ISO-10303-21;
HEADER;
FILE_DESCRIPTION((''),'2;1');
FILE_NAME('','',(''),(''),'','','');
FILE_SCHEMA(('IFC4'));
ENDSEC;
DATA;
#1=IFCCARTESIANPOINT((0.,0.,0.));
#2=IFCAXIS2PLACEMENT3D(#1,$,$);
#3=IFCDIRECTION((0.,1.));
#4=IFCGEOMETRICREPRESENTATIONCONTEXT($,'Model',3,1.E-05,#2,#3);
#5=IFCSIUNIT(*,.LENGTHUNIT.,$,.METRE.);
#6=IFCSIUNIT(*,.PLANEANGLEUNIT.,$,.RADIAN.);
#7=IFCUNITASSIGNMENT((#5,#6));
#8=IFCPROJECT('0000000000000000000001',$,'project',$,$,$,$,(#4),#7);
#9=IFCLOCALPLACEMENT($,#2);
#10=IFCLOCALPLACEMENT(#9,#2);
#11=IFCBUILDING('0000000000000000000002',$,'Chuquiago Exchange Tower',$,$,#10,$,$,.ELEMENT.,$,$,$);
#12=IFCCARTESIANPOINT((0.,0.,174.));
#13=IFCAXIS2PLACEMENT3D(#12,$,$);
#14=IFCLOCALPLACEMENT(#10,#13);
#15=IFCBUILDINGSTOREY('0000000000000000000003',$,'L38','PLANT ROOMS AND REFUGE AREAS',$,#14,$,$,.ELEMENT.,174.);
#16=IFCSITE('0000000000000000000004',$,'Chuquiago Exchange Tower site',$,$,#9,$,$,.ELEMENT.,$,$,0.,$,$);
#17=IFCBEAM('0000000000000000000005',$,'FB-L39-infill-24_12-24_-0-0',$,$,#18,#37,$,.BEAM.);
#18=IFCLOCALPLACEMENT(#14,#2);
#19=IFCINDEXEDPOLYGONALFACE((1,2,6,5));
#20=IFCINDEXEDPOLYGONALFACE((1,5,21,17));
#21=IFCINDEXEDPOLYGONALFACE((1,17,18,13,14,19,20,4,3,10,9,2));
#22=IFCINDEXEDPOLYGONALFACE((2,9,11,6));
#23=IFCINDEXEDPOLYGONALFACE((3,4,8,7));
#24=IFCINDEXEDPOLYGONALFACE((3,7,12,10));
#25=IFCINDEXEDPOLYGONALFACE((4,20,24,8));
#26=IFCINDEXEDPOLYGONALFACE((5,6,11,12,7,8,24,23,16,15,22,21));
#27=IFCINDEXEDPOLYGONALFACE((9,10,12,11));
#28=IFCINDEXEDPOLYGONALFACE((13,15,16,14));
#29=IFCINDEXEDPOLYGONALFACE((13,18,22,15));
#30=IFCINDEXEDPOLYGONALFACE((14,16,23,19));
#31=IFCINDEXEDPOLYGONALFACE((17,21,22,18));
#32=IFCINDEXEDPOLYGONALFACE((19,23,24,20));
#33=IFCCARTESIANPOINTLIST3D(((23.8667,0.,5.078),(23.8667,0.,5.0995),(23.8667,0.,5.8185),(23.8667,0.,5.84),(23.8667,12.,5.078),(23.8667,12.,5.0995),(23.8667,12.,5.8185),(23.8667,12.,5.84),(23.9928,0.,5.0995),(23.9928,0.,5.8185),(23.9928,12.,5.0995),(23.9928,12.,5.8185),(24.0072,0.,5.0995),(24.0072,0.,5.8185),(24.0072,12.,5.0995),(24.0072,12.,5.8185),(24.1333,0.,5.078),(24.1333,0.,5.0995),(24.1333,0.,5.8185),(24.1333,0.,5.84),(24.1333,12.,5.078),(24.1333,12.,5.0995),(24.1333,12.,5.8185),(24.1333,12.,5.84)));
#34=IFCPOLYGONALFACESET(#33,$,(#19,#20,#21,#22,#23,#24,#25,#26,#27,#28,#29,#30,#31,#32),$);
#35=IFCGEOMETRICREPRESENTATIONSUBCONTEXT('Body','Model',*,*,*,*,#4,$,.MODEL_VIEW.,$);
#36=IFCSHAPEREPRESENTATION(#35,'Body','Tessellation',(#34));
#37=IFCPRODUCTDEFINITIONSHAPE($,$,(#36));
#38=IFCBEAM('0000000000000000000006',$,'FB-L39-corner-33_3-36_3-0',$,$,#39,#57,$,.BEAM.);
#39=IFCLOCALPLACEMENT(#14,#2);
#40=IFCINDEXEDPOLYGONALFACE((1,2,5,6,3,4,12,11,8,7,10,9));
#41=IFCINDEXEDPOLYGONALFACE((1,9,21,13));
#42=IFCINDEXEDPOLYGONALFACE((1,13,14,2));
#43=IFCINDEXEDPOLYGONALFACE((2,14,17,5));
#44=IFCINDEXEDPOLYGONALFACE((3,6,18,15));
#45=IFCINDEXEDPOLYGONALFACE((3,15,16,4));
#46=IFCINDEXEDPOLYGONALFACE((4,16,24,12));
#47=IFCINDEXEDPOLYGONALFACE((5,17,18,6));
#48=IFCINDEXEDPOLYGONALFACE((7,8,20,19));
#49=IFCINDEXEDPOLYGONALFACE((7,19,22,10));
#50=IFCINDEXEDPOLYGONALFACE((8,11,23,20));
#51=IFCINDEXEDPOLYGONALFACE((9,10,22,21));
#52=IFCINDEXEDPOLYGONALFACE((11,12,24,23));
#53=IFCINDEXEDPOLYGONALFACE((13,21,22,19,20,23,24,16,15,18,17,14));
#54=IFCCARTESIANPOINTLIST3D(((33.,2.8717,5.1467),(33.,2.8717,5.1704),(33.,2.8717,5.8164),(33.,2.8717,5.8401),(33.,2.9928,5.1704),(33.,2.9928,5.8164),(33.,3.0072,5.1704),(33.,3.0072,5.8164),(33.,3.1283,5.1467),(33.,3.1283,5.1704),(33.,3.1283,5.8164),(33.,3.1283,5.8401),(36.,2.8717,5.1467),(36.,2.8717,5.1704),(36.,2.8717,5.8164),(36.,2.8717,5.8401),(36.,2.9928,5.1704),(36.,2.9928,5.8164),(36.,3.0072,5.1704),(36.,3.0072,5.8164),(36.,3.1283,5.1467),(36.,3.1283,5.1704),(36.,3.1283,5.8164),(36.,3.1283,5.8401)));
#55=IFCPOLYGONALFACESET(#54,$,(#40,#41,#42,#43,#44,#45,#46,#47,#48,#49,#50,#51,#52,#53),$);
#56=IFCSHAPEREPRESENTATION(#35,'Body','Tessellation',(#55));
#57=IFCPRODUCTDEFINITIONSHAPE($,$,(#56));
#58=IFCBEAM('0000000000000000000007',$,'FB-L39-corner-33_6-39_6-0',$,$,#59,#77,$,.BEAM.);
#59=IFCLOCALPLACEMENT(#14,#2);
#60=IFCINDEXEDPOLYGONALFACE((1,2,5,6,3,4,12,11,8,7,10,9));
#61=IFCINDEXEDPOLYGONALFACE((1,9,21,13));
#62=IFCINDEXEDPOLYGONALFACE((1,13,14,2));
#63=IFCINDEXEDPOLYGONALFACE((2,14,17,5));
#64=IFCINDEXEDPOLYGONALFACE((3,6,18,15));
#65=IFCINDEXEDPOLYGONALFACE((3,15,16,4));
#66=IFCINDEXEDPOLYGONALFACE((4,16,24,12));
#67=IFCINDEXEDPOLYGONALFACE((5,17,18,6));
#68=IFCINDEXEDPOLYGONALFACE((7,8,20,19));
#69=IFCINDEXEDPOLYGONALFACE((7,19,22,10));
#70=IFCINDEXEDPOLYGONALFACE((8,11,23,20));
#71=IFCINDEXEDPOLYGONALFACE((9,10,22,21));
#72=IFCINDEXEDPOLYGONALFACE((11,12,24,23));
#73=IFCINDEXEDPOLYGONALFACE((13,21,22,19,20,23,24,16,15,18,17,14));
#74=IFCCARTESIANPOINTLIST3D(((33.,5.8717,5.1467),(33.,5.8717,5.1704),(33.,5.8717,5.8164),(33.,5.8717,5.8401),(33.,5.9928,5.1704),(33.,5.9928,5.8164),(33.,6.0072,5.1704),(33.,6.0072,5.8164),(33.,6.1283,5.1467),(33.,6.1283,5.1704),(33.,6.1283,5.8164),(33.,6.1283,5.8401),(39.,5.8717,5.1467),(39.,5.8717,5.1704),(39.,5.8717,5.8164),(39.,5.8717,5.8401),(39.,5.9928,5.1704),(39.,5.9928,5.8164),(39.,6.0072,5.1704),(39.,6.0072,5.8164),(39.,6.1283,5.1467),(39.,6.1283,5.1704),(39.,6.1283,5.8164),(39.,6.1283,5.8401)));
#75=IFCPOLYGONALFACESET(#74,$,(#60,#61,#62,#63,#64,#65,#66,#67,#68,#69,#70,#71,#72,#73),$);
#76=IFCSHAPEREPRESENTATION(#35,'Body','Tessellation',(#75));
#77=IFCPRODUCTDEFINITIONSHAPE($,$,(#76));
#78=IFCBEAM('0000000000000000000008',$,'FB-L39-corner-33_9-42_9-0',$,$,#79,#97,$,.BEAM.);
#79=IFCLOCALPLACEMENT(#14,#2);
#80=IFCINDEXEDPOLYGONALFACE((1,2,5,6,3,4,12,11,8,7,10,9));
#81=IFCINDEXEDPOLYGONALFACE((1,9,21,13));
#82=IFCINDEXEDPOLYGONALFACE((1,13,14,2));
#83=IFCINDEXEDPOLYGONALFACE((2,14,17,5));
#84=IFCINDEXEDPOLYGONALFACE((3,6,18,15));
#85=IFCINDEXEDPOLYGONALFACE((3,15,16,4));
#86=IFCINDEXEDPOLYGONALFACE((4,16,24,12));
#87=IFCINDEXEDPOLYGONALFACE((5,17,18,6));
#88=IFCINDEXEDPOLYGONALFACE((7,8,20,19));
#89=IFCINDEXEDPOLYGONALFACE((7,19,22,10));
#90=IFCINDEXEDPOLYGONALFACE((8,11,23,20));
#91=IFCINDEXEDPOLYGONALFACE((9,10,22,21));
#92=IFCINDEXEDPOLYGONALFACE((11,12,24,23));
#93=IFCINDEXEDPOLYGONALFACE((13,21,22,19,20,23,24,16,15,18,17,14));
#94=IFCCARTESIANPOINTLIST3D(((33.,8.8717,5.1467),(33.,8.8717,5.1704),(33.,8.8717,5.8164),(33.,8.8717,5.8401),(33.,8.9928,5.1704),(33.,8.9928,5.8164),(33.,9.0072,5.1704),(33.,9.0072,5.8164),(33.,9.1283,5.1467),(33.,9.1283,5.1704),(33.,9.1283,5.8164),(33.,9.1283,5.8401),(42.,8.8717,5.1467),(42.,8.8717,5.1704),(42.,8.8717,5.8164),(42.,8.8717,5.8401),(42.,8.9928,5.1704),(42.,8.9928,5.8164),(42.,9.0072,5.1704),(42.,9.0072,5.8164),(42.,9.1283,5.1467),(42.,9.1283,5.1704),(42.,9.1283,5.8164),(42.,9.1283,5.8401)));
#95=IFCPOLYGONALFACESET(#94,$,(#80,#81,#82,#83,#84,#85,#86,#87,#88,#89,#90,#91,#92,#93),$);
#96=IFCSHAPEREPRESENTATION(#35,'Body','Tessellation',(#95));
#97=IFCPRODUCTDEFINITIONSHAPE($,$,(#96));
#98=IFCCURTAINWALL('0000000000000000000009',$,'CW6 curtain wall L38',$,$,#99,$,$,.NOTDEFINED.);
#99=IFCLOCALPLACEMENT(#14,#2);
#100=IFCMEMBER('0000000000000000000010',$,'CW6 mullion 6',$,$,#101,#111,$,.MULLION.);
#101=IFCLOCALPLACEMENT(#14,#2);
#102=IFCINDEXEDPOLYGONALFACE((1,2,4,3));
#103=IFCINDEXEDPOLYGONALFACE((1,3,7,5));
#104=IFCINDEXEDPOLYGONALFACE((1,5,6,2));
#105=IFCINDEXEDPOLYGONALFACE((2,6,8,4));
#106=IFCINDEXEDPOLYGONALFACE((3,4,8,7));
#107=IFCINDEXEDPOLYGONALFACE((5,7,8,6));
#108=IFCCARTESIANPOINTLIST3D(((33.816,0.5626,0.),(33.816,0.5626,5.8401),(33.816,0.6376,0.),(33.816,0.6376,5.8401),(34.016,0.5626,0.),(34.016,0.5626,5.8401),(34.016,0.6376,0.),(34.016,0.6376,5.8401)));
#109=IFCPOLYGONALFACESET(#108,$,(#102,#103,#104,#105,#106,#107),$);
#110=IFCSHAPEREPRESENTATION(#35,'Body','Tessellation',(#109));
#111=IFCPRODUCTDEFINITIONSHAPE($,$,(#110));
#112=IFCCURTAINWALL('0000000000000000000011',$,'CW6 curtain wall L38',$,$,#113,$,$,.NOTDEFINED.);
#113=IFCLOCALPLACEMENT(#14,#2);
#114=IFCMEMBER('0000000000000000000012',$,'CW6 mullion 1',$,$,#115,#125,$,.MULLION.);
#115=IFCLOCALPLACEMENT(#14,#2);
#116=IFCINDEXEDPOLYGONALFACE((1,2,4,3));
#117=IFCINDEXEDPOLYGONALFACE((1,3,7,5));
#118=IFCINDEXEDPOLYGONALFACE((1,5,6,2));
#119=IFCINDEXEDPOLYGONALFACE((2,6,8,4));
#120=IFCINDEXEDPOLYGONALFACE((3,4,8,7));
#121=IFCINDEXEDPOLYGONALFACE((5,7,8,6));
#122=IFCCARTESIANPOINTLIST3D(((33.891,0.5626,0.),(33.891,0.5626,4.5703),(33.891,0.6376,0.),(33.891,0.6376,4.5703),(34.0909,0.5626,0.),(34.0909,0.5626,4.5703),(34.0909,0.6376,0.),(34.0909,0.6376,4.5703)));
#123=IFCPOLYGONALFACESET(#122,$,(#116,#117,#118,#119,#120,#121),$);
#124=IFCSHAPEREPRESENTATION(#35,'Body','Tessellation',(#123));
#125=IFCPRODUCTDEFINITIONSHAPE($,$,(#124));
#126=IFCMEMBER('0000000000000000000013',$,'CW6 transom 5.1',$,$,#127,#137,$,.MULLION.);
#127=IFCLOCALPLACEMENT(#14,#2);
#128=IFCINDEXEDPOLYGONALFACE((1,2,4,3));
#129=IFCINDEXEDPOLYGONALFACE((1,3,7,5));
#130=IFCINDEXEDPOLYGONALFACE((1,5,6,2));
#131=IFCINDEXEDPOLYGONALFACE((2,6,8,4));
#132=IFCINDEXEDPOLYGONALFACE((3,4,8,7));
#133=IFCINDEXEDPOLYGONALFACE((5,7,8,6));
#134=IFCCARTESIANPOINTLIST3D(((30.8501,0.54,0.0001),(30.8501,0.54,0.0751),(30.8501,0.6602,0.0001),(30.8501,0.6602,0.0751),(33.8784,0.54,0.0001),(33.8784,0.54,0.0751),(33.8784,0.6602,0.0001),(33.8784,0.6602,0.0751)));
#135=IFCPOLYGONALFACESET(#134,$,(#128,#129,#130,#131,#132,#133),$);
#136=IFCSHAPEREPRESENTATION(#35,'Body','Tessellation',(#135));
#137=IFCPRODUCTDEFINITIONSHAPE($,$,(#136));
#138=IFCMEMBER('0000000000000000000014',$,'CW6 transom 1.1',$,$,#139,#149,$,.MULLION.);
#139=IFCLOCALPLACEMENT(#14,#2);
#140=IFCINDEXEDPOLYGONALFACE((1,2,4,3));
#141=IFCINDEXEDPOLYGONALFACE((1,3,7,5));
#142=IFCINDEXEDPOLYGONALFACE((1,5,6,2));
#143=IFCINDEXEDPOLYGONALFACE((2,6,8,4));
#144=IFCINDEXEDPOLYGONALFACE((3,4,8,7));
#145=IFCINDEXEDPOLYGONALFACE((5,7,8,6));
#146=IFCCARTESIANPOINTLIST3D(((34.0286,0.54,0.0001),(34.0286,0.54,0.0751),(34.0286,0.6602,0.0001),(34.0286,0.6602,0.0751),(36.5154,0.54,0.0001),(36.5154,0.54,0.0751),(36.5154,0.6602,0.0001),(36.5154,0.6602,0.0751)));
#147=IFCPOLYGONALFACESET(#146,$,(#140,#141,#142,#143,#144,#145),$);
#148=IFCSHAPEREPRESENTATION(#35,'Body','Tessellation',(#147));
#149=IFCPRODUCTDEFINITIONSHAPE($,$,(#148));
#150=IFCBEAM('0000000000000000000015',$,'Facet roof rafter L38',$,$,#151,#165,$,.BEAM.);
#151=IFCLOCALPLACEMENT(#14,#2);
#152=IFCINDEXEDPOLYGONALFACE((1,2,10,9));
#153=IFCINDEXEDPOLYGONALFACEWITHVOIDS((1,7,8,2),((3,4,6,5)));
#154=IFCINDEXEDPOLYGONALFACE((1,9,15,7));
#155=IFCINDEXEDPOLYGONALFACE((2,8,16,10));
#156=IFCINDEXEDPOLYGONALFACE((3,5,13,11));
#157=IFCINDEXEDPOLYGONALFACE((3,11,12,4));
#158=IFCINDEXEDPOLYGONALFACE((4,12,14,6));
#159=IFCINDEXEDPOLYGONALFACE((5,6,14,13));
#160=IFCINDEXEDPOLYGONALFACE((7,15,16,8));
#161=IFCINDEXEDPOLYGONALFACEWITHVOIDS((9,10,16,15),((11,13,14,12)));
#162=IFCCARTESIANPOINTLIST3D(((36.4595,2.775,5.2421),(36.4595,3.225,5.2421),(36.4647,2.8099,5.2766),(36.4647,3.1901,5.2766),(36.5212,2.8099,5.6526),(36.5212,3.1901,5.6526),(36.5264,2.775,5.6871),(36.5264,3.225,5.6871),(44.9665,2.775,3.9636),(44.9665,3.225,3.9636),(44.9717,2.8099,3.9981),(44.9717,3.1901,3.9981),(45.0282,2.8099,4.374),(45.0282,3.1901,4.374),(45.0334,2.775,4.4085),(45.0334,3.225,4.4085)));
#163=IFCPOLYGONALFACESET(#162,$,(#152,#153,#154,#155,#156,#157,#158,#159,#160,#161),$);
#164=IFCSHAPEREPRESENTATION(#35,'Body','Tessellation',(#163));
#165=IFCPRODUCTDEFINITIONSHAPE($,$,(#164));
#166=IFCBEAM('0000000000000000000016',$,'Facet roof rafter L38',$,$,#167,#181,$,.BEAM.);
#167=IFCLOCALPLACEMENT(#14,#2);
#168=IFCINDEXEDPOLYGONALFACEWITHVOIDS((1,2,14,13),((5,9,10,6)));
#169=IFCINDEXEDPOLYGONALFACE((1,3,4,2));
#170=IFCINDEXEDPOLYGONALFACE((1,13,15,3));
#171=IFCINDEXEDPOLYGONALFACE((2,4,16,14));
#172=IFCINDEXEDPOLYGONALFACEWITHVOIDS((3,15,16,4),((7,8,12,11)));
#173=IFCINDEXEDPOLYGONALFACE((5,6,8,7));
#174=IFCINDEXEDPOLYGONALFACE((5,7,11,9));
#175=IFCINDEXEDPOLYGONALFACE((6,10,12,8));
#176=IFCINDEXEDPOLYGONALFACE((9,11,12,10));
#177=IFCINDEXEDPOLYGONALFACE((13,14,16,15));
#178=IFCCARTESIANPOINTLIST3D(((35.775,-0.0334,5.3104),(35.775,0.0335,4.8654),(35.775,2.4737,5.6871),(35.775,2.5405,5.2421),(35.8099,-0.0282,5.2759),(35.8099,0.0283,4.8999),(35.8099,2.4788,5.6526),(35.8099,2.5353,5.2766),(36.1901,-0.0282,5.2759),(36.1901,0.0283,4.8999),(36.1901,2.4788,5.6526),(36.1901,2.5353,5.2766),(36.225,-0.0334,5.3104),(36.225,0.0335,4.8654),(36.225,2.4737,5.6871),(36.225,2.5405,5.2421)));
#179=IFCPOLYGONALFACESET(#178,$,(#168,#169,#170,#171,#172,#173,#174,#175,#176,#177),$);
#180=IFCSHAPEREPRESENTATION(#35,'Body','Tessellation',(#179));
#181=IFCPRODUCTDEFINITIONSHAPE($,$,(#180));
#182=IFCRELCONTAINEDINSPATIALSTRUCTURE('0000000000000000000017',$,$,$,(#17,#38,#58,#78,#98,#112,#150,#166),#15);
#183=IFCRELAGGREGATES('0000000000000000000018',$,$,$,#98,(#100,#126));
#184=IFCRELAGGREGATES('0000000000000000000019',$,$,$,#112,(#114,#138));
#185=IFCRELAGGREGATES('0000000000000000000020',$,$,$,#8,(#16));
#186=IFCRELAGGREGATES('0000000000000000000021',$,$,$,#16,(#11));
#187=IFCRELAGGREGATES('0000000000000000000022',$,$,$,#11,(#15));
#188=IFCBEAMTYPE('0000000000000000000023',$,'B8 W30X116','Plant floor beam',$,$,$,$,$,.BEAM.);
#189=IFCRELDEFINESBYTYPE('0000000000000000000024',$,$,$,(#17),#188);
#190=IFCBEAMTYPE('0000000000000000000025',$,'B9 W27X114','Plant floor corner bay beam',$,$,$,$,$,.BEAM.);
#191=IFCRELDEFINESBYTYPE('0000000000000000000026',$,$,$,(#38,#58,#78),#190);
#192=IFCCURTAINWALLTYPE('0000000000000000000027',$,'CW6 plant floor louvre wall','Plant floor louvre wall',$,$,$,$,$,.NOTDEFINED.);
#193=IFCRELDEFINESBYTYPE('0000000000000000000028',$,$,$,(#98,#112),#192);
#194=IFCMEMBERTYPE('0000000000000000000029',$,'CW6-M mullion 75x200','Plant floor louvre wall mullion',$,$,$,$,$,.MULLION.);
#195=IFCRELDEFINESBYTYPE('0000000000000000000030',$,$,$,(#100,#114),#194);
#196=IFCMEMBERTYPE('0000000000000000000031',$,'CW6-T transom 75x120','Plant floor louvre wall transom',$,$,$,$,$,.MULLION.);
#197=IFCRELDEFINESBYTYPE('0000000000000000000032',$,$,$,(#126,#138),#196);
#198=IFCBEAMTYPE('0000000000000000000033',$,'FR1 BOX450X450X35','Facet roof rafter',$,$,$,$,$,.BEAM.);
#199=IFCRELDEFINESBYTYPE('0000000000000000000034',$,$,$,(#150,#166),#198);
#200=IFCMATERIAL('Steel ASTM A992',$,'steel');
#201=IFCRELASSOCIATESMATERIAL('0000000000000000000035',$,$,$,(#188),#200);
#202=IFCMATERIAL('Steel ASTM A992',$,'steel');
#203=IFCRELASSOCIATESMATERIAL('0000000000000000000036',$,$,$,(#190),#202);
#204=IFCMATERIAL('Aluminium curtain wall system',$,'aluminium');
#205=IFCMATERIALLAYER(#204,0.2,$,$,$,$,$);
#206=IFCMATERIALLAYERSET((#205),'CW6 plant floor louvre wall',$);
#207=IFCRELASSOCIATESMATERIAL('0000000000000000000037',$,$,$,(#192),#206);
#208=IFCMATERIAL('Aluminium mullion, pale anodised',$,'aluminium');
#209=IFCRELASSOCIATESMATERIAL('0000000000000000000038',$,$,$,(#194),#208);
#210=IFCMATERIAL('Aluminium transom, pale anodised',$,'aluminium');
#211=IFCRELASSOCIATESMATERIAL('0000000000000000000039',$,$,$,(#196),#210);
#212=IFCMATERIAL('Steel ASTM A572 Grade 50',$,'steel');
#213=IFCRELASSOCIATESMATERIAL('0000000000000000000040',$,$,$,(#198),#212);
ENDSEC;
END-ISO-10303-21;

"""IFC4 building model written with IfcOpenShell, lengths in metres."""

from ifc_helpers import new_model, si_unit, direction, frame, origin, origin_2d, place, context, subcontext, project, spatial, rectangle, hollow_rectangle, i_section, extrude, material, layer, layer_set, material_profile, profile_set, type_object, element, aggregate, save


model = new_model("IFC4")

# Units and contexts
model_context = context("Model", 3, precision=1e-05, world=origin(), true_north=direction((0.0, 1.0)))
body_context = subcontext(model_context, "Body", "Model", "MODEL_VIEW")
ifc_project = project(units=[si_unit("LENGTHUNIT", "METRE"), si_unit("PLANEANGLEUNIT", "RADIAN")], contexts=[model_context])

# Site, building, storey
site_placement = place(None, origin())
site = spatial("IfcSite", under=ifc_project, at=site_placement, Name="Chuquiago Exchange Tower site", CompositionType="ELEMENT", RefElevation=0.0)
building_placement = place(site_placement, origin())
building = spatial("IfcBuilding", under=site, at=building_placement, Name="Chuquiago Exchange Tower", CompositionType="ELEMENT")
storey_placement = place(building_placement, frame((0.0, 0.0, 174.0)))
storey = spatial("IfcBuildingStorey", under=building, at=storey_placement, Name="L38", Description="PLANT ROOMS AND REFUGE AREAS", CompositionType="ELEMENT", Elevation=174.0)

# Beams
ifc_material_1 = material(Name="Steel ASTM A992", Category="steel")
ifc_material_profile_1 = material_profile(ifc_material_1, i_section(OverallWidth=0.2666, OverallDepth=0.762, WebThickness=0.0144, FlangeThickness=0.0215, at=origin_2d()), Name="W30X116")
ifc_profile_set_1 = profile_set([ifc_material_profile_1], Name="Steel ASTM A992")
beam_type_1 = type_object("IfcBeamType", Name="B8 W30X116", Description="Plant floor beam", PredefinedType="BEAM", material=ifc_profile_set_1)
beam_1_placement = place(storey_placement, frame((24.0, 12.0, 5.459), z_axis=(0.0, -1.0, 0.0), x_axis=(1.0, 0.0, 0.0)))
element("IfcBeam", 1, at=beam_1_placement, inside=storey, type_object=beam_type_1, Name="FB-L39-infill-24_12-24_-0-0", PredefinedType="BEAM", context=body_context, shape_type="SweptSolid", body=[
    extrude(i_section(OverallWidth=0.2666, OverallDepth=0.762, WebThickness=0.0144, FlangeThickness=0.0215, at=origin_2d()), origin(), (0.0, 0.0, 1.0), 12.0),
])
ifc_material_2 = material(Name="Steel ASTM A992", Category="steel")
ifc_material_profile_2 = material_profile(ifc_material_2, i_section(OverallWidth=0.2566, OverallDepth=0.6934, WebThickness=0.0144, FlangeThickness=0.0237, at=origin_2d()), Name="W27X114")
ifc_profile_set_2 = profile_set([ifc_material_profile_2], Name="Steel ASTM A992")
beam_type_2 = type_object("IfcBeamType", Name="B9 W27X114", Description="Plant floor corner bay beam", PredefinedType="BEAM", material=ifc_profile_set_2)
beam_2_placement = place(storey_placement, frame((33.0, 3.0, 5.4934), z_axis=(1.0, 0.0, 0.0), x_axis=(0.0, 1.0, 0.0)))
element("IfcBeam", 2, at=beam_2_placement, inside=storey, type_object=beam_type_2, Name="FB-L39-corner-33_3-36_3-0", PredefinedType="BEAM", context=body_context, shape_type="SweptSolid", body=[
    extrude(i_section(OverallWidth=0.2566, OverallDepth=0.6934, WebThickness=0.0144, FlangeThickness=0.0237, at=origin_2d()), origin(), (0.0, 0.0, 1.0), 3.0),
])
beam_3_placement = place(storey_placement, frame((33.0, 6.0, 5.4934), z_axis=(1.0, 0.0, 0.0), x_axis=(0.0, 1.0, 0.0)))
element("IfcBeam", 3, at=beam_3_placement, inside=storey, type_object=beam_type_2, Name="FB-L39-corner-33_6-39_6-0", PredefinedType="BEAM", context=body_context, shape_type="SweptSolid", body=[
    extrude(i_section(OverallWidth=0.2566, OverallDepth=0.6934, WebThickness=0.0144, FlangeThickness=0.0237, at=origin_2d()), origin(), (0.0, 0.0, 1.0), 6.0),
])
beam_4_placement = place(storey_placement, frame((33.0, 9.0, 5.4934), z_axis=(1.0, 0.0, 0.0), x_axis=(0.0, 1.0, 0.0)))
element("IfcBeam", 4, at=beam_4_placement, inside=storey, type_object=beam_type_2, Name="FB-L39-corner-33_9-42_9-0", PredefinedType="BEAM", context=body_context, shape_type="SweptSolid", body=[
    extrude(i_section(OverallWidth=0.2566, OverallDepth=0.6934, WebThickness=0.0144, FlangeThickness=0.0237, at=origin_2d()), origin(), (0.0, 0.0, 1.0), 9.0),
])

# Curtain walls, members
ifc_material_3 = material(Name="Aluminium curtain wall system", Category="aluminium")
ifc_layer_1 = layer(ifc_material_3, 0.2)
ifc_layer_set_1 = layer_set([ifc_layer_1], Name="CW6 plant floor louvre wall")
curtain_wall_type = type_object("IfcCurtainWallType", Name="CW6 plant floor louvre wall", Description="Plant floor louvre wall", PredefinedType="NOTDEFINED", material=ifc_layer_set_1)
curtain_wall_1_placement = place(storey_placement, origin())
curtain_wall_1 = element("IfcCurtainWall", 5, at=curtain_wall_1_placement, inside=storey, type_object=curtain_wall_type, Name="CW6 curtain wall L38", PredefinedType="NOTDEFINED")
ifc_material_4 = material(Name="Aluminium mullion, pale anodised", Category="aluminium")
ifc_material_profile_3 = material_profile(ifc_material_4, rectangle(XDim=0.075, YDim=0.2, at=origin_2d()), Name="AL 75x200")
ifc_profile_set_3 = profile_set([ifc_material_profile_3], Name="Aluminium mullion, pale anodised")
member_type_1 = type_object("IfcMemberType", Name="CW6-M mullion 75x200", Description="Plant floor louvre wall mullion", PredefinedType="MULLION", material=ifc_profile_set_3)
member_1_placement = place(storey_placement, frame((33.916, 0.6001, 0.0), z_axis=(0.0, 0.0, 1.0), x_axis=(0.0, 1.0, 0.0)))
member_1 = element("IfcMember", 6, at=member_1_placement, type_object=member_type_1, Name="CW6 mullion 6", PredefinedType="MULLION", context=body_context, shape_type="SweptSolid", body=[
    extrude(rectangle(XDim=0.075, YDim=0.2, at=origin_2d()), origin(), (0.0, 0.0, 1.0), 5.8401),
])
curtain_wall_2_placement = place(storey_placement, origin())
curtain_wall_2 = element("IfcCurtainWall", 7, at=curtain_wall_2_placement, inside=storey, type_object=curtain_wall_type, Name="CW6 curtain wall L38", PredefinedType="NOTDEFINED")
member_2_placement = place(storey_placement, frame((33.991, 0.6001, 0.0), z_axis=(0.0, 0.0, 1.0), x_axis=(0.0, 1.0, 0.0)))
member_2 = element("IfcMember", 8, at=member_2_placement, type_object=member_type_1, Name="CW6 mullion 1", PredefinedType="MULLION", context=body_context, shape_type="SweptSolid", body=[
    extrude(rectangle(XDim=0.075, YDim=0.2, at=origin_2d()), origin(), (0.0, 0.0, 1.0), 4.5703),
])

# Members
ifc_material_5 = material(Name="Aluminium transom, pale anodised", Category="aluminium")
ifc_material_profile_4 = material_profile(ifc_material_5, rectangle(XDim=0.1201, YDim=0.075, at=origin_2d()), Name="AL 120x75")
ifc_profile_set_4 = profile_set([ifc_material_profile_4], Name="Aluminium transom, pale anodised")
member_type_2 = type_object("IfcMemberType", Name="CW6-T transom 75x120", Description="Plant floor louvre wall transom", PredefinedType="MULLION", material=ifc_profile_set_4)
member_3_placement = place(storey_placement, frame((30.8501, 0.6001, 0.0376), z_axis=(1.0, 0.0, 0.0), x_axis=(0.0, 1.0, 0.0)))
member_3 = element("IfcMember", 9, at=member_3_placement, type_object=member_type_2, Name="CW6 transom 5.1", PredefinedType="MULLION", context=body_context, shape_type="SweptSolid", body=[
    extrude(rectangle(XDim=0.1201, YDim=0.075, at=origin_2d()), origin(), (0.0, 0.0, 1.0), 3.0283),
])
member_4_placement = place(storey_placement, frame((34.0286, 0.6001, 0.0376), z_axis=(1.0, 0.0, 0.0), x_axis=(0.0, 1.0, 0.0)))
member_4 = element("IfcMember", 10, at=member_4_placement, type_object=member_type_2, Name="CW6 transom 1.1", PredefinedType="MULLION", context=body_context, shape_type="SweptSolid", body=[
    extrude(rectangle(XDim=0.1201, YDim=0.075, at=origin_2d()), origin(), (0.0, 0.0, 1.0), 2.4868),
])

# Beams
ifc_material_6 = material(Name="Steel ASTM A572 Grade 50", Category="steel")
ifc_material_profile_5 = material_profile(ifc_material_6, hollow_rectangle(XDim=0.45, YDim=0.45, WallThickness=0.0349, at=origin_2d()), Name="BOX450X450X35")
ifc_profile_set_5 = profile_set([ifc_material_profile_5], Name="Steel ASTM A572 Grade 50")
beam_type_3 = type_object("IfcBeamType", Name="FR1 BOX450X450X35", Description="Facet roof rafter", PredefinedType="BEAM", material=ifc_profile_set_5)
beam_5_placement = place(storey_placement, frame((36.4929, 3.0, 5.4646), z_axis=(0.988894, 0.0, -0.148625), x_axis=(0.0, 1.0, 0.0)))
element("IfcBeam", 11, at=beam_5_placement, inside=storey, type_object=beam_type_3, Name="Facet roof rafter L38", PredefinedType="BEAM", context=body_context, shape_type="SweptSolid", body=[
    extrude(hollow_rectangle(XDim=0.45, YDim=0.45, WallThickness=0.0349, at=origin_2d()), origin(), (0.0, 0.0, 1.0), 8.6025),
])
beam_6_placement = place(storey_placement, frame((36.0, 2.5071, 5.4646), z_axis=(0.0, -0.988899, -0.14859), x_axis=(1.0, 0.0, 0.0)))
element("IfcBeam", 12, at=beam_6_placement, inside=storey, type_object=beam_type_3, Name="Facet roof rafter L38", PredefinedType="BEAM", context=body_context, shape_type="SweptSolid", body=[
    extrude(hollow_rectangle(XDim=0.45, YDim=0.45, WallThickness=0.0349, at=origin_2d()), origin(), (0.0, 0.0, 1.0), 2.5352),
])

aggregate(curtain_wall_1, [member_1, member_3])
aggregate(curtain_wall_2, [member_2, member_4])

save(model, "model.ifc")
